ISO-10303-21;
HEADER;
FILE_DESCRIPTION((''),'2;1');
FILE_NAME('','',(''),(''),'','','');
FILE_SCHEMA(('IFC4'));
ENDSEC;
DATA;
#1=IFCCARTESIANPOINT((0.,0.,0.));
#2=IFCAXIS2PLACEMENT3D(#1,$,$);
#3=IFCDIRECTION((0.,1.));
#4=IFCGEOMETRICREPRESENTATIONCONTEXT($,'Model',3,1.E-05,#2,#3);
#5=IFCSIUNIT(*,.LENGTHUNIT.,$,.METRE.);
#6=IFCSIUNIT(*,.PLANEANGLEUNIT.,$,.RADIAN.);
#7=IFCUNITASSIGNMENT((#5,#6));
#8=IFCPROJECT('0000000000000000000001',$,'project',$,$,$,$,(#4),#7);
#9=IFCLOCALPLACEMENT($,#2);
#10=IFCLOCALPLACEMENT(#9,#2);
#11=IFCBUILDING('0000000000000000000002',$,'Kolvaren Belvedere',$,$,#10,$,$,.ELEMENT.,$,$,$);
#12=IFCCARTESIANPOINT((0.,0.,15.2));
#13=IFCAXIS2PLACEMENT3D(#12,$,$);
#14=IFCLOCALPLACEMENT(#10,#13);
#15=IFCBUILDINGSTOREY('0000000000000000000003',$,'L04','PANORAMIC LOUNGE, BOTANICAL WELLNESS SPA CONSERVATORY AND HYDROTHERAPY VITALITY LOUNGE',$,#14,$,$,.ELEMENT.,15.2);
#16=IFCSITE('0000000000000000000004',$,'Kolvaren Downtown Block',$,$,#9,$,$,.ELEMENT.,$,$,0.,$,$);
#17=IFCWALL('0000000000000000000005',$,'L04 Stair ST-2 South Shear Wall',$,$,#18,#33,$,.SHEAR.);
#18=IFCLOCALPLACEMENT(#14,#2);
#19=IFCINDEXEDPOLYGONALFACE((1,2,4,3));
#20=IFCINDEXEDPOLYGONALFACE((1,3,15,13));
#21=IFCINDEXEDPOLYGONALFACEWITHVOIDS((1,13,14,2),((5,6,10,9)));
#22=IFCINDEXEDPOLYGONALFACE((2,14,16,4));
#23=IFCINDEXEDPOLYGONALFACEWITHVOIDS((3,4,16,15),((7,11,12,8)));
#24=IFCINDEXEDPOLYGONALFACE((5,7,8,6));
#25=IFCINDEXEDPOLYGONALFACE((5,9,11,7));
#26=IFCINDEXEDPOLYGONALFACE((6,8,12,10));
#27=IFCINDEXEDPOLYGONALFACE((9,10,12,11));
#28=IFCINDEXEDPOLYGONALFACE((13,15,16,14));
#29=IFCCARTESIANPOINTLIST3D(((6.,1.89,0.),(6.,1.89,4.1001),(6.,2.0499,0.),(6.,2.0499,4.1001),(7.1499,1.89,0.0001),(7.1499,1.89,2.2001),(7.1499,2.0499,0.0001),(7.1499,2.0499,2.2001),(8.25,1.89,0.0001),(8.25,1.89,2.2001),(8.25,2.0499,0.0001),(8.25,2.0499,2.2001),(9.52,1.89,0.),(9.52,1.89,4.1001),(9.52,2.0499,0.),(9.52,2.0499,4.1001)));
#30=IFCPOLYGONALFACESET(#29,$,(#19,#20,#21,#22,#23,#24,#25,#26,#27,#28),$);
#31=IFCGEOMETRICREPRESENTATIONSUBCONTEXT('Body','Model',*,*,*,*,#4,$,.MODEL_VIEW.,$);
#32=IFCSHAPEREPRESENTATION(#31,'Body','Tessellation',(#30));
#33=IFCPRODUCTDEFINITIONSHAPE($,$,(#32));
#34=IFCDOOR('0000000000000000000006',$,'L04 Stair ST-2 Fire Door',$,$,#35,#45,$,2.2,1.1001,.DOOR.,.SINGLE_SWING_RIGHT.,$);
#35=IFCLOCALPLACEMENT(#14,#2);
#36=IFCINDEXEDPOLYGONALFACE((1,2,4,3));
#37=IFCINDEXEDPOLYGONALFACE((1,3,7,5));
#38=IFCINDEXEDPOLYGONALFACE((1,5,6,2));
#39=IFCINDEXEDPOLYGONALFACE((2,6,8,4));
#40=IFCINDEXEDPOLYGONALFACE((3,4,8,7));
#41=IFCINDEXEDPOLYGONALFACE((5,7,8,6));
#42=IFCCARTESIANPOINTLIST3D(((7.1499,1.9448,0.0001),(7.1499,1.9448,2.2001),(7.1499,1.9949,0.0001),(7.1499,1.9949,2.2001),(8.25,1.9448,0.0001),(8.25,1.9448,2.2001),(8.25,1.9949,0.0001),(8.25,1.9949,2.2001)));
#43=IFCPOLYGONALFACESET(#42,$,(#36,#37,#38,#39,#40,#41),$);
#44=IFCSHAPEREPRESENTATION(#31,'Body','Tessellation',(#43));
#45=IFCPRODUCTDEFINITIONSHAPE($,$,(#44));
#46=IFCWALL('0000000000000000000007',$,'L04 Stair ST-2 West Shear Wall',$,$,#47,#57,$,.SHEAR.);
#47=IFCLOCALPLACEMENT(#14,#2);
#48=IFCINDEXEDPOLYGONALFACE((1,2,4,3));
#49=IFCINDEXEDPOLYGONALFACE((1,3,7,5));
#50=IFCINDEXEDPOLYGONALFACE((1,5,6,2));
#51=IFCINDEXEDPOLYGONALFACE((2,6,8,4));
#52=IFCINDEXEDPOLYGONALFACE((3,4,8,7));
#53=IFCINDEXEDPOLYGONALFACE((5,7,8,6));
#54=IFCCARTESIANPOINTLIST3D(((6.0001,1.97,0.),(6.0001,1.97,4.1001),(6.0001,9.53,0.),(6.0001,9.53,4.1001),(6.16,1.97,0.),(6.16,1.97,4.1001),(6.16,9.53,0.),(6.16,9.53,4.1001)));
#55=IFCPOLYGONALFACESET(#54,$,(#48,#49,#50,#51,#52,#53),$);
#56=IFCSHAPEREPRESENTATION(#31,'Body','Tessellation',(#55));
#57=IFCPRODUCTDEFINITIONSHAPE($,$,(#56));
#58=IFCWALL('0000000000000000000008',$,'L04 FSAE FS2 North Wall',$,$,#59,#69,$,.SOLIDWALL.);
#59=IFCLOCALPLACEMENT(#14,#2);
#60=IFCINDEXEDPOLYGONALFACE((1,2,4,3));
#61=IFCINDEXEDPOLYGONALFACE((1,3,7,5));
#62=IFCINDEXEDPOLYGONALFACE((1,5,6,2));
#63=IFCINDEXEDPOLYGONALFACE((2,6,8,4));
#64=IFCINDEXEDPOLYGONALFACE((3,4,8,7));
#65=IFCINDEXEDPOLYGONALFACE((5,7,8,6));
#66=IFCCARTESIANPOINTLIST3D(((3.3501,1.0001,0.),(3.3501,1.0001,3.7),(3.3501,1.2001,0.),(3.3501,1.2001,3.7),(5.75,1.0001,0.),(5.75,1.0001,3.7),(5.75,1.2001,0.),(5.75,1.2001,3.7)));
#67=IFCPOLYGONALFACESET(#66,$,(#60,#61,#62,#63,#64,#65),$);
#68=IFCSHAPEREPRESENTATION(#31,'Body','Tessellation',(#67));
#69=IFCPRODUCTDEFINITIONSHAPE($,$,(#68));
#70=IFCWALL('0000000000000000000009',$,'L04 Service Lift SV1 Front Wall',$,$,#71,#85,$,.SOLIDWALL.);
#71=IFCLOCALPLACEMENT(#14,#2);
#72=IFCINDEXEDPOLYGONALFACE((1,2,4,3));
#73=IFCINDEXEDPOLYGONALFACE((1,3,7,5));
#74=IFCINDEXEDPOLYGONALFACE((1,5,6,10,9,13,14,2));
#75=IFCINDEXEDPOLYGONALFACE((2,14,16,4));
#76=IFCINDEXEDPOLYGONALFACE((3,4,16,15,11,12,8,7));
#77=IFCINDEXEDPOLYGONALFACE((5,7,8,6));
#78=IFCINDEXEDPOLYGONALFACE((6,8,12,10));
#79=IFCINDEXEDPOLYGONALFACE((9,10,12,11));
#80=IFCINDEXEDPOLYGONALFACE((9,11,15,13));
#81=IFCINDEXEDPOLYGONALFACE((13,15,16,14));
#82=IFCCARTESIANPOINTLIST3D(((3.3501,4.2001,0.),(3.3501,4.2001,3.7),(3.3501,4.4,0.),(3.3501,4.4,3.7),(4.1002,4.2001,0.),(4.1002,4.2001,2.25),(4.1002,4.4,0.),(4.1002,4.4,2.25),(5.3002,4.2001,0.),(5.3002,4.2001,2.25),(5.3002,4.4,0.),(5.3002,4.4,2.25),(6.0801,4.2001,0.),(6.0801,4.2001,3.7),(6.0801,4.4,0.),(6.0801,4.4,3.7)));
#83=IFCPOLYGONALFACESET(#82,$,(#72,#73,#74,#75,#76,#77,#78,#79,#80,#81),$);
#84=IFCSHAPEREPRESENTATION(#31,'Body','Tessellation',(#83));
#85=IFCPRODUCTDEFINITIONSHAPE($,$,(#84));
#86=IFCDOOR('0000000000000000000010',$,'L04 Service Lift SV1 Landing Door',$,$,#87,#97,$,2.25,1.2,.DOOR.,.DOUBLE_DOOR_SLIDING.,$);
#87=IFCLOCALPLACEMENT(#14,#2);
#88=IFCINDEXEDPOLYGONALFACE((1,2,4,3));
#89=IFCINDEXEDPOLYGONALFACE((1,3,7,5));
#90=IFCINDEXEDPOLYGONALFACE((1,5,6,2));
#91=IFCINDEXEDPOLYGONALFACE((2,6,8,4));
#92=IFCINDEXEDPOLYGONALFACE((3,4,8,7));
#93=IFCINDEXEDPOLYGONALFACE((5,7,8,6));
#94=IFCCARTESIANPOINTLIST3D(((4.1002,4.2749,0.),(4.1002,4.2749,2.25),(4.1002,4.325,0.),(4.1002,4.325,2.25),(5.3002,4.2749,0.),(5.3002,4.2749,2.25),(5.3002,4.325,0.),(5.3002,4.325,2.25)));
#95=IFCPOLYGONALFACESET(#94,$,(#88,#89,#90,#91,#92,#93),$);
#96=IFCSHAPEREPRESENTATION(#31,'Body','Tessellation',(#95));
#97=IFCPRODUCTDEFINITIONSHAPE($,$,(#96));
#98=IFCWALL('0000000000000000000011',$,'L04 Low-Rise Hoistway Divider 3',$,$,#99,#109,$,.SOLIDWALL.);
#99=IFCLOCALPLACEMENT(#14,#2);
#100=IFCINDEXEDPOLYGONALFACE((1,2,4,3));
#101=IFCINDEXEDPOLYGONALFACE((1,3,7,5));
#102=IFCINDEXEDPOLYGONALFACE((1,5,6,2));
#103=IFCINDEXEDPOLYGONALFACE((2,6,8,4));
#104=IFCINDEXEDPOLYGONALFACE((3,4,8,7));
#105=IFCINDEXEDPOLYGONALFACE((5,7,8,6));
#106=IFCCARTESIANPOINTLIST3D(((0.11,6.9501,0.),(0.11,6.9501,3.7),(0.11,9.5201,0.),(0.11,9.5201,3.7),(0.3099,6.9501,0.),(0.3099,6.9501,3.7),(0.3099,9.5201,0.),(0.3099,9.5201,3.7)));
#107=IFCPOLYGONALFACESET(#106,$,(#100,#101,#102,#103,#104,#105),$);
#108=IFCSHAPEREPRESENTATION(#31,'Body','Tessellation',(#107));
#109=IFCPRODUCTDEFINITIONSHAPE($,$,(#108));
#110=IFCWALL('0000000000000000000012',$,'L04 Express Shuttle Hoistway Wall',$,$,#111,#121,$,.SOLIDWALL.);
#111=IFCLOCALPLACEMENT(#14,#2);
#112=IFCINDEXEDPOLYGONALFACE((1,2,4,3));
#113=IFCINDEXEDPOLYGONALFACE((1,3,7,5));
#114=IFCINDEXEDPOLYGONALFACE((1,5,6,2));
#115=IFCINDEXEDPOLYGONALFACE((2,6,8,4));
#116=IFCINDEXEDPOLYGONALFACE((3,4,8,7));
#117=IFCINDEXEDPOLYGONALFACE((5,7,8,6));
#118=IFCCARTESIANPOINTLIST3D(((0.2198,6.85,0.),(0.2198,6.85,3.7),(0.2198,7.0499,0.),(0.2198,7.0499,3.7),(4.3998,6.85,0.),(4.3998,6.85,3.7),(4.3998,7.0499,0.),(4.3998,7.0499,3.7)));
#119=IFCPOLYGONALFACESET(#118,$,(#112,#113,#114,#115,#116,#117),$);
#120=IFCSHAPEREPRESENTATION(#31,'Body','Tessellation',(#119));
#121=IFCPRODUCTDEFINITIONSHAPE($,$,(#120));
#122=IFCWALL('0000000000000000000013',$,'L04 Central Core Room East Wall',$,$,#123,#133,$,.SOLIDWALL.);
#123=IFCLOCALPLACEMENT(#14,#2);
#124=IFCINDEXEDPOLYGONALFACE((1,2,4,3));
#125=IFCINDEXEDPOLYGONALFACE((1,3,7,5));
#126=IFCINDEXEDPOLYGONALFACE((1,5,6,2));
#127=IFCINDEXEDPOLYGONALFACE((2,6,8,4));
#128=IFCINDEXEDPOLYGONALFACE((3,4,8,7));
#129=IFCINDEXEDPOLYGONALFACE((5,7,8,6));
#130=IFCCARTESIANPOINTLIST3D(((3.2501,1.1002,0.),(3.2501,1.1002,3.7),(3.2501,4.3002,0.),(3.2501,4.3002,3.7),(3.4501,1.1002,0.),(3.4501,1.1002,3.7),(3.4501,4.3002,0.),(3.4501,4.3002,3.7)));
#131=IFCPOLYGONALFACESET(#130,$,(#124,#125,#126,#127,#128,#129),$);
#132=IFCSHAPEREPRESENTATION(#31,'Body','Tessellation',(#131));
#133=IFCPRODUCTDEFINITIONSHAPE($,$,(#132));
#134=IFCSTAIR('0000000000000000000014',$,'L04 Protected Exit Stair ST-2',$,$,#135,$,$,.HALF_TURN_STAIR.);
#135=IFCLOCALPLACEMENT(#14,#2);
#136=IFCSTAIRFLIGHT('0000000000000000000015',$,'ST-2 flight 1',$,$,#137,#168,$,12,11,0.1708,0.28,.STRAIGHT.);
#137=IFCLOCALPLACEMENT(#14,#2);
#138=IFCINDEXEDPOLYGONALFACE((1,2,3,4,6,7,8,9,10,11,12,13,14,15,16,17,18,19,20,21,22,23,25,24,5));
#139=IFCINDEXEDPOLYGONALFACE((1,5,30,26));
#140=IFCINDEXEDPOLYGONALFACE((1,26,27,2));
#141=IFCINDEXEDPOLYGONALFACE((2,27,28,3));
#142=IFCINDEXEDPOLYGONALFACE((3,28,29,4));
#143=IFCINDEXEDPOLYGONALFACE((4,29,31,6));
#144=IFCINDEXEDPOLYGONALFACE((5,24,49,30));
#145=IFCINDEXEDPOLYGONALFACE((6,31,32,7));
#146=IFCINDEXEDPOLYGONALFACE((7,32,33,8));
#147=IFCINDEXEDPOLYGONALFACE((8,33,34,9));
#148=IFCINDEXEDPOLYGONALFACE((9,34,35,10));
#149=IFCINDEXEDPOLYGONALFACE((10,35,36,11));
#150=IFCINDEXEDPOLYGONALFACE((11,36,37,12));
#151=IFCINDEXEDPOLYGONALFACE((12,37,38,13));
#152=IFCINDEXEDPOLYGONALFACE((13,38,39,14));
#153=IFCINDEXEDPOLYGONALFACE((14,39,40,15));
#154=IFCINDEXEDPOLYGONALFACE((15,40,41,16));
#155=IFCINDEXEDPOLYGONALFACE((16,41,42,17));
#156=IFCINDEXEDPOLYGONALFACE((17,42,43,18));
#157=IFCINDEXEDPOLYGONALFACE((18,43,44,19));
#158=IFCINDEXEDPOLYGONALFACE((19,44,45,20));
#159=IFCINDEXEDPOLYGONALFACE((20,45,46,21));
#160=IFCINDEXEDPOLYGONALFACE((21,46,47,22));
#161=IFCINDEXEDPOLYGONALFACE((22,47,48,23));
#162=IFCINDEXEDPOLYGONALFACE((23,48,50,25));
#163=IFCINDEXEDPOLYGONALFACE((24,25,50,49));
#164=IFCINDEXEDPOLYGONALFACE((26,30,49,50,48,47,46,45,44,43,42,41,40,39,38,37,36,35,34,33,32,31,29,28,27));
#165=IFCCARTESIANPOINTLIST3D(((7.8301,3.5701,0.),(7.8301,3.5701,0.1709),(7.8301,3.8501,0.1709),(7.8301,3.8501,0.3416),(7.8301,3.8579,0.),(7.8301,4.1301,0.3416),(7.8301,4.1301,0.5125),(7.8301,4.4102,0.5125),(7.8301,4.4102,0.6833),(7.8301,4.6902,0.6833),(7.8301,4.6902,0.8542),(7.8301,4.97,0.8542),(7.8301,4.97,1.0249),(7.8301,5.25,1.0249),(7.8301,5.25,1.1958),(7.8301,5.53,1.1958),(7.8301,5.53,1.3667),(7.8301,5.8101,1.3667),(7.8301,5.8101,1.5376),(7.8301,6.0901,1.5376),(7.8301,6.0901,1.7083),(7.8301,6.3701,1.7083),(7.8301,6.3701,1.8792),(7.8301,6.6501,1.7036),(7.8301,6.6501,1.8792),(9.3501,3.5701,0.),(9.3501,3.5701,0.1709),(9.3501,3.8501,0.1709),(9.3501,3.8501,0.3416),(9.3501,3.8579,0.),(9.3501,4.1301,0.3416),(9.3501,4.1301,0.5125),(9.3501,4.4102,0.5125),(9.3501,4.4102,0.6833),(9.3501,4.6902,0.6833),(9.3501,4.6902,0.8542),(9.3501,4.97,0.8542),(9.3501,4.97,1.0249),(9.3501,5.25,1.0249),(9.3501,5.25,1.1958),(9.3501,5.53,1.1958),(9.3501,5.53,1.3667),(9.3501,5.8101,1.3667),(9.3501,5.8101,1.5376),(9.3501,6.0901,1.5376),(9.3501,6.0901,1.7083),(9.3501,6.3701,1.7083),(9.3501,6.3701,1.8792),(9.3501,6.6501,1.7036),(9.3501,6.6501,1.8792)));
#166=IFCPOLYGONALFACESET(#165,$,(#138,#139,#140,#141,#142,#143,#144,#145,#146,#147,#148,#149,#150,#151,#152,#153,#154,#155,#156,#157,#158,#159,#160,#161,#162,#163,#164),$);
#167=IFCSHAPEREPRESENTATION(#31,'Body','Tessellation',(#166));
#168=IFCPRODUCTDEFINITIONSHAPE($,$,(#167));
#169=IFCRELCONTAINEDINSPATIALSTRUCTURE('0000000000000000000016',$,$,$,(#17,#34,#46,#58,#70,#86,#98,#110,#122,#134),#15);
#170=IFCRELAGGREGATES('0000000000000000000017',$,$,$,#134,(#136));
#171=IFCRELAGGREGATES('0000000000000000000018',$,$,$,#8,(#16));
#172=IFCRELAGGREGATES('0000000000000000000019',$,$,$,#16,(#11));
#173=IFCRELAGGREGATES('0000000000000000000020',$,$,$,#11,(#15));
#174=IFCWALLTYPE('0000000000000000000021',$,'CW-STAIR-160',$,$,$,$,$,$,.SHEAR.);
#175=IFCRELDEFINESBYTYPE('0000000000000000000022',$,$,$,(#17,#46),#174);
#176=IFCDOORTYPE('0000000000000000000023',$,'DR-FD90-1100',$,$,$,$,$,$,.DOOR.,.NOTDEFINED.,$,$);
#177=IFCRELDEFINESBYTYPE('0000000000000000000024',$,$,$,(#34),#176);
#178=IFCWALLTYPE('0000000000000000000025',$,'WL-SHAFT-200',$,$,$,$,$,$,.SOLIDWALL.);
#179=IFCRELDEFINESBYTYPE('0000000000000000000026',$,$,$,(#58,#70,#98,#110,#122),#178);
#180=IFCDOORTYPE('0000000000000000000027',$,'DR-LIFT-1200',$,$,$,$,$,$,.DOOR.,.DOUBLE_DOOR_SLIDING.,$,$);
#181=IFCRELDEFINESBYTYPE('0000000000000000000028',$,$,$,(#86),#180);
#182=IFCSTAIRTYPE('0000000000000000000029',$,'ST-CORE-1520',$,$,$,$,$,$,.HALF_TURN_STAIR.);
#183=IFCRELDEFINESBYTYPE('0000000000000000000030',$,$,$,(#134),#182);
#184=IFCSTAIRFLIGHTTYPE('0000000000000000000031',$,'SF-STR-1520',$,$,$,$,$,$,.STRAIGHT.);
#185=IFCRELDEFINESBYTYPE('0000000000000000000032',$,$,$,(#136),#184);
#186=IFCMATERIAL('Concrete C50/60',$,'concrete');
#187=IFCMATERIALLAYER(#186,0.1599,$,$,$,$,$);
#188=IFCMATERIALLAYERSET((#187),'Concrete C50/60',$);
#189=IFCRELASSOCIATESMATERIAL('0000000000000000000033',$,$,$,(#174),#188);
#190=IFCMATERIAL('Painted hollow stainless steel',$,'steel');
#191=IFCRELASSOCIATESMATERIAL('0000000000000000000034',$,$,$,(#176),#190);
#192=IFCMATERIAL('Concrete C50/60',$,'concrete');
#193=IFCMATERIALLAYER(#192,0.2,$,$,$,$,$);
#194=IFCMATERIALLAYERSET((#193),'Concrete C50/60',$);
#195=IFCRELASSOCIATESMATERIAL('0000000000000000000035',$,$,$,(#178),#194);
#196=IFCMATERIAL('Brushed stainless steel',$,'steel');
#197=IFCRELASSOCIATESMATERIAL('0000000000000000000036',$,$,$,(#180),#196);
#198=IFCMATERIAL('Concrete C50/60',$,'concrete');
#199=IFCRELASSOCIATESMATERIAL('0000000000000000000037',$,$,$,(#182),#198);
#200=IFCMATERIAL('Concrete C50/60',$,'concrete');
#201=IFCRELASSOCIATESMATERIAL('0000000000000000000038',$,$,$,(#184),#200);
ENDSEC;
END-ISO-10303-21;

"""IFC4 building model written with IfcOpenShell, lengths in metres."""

from ifc_helpers import new_model, si_unit, direction, frame, frame_2d, origin, place, context, subcontext, project, spatial, polyline, rectangle, outline, extrude, material, layer, layer_set, type_object, element, fill, aggregate, save


model = new_model("IFC4")

# Units and contexts
model_context = context("Model", 3, precision=1e-05, world=origin(), true_north=direction((0.0, 1.0)))
body_context = subcontext(model_context, "Body", "Model", "MODEL_VIEW")
ifc_project = project(units=[si_unit("LENGTHUNIT", "METRE"), si_unit("PLANEANGLEUNIT", "RADIAN")], contexts=[model_context])

# Site, building, storey
site_placement = place(None, origin())
site = spatial("IfcSite", under=ifc_project, at=site_placement, Name="Kolvaren Downtown Block", CompositionType="ELEMENT", RefElevation=0.0)
building_placement = place(site_placement, origin())
building = spatial("IfcBuilding", under=site, at=building_placement, Name="Kolvaren Belvedere", CompositionType="ELEMENT")
storey_placement = place(building_placement, frame((0.0, 0.0, 15.2)))
storey = spatial("IfcBuildingStorey", under=building, at=storey_placement, Name="L04", Description="PANORAMIC LOUNGE, BOTANICAL WELLNESS SPA CONSERVATORY AND HYDROTHERAPY VITALITY LOUNGE", CompositionType="ELEMENT", Elevation=15.2)

# Wall, opening, door
ifc_material_1 = material(Name="Concrete C50/60", Category="concrete")
ifc_layer_1 = layer(ifc_material_1, 0.1599)
ifc_layer_set_1 = layer_set([ifc_layer_1], Name="Concrete C50/60")
wall_type_1 = type_object("IfcWallType", Name="CW-STAIR-160", PredefinedType="SHEAR", material=ifc_layer_set_1)
wall_1_placement = place(storey_placement, frame((6.0, 1.97, 0.0), z_axis=(0.0, 0.0, 1.0), x_axis=(1.0, 0.0, 0.0)))
wall_1 = element("IfcWall", 1, at=wall_1_placement, inside=storey, type_object=wall_type_1, Name="L04 Stair ST-2 South Shear Wall", PredefinedType="SHEAR", context=body_context, shape_type="SweptSolid", body=[
    extrude(rectangle(XDim=3.52, YDim=0.1599, at=frame_2d((1.76, 0.0))), origin(), (0.0, 0.0, 1.0), 4.1001),
])
opening_1_placement = place(wall_1_placement, frame((1.1499, 0.0, 0.0)))
opening_1 = element("IfcOpeningElement", 2, at=opening_1_placement, cuts=wall_1, PredefinedType="OPENING", context=body_context, shape_type="SweptSolid", body=[
    extrude(rectangle(XDim=1.1001, YDim=2.2, at=frame_2d((0.55, 1.1001))), frame((0.0, 0.0898, 0.0), z_axis=(0.0, -1.0, 0.0), x_axis=(1.0, 0.0, 0.0)), (0.0, 0.0, 1.0), 0.1799),
])
ifc_material_2 = material(Name="Painted hollow stainless steel", Category="steel")
door_type_1 = type_object("IfcDoorType", Name="DR-FD90-1100", OperationType="NOTDEFINED", PredefinedType="DOOR", material=ifc_material_2)
door_1_placement = place(opening_1_placement, origin())
door_1 = element("IfcDoor", 3, at=door_1_placement, inside=storey, type_object=door_type_1, Name="L04 Stair ST-2 Fire Door", OperationType="SINGLE_SWING_RIGHT", OverallHeight=2.2, OverallWidth=1.1001, PredefinedType="DOOR", context=body_context, shape_type="SweptSolid", body=[
    extrude(rectangle(XDim=1.1001, YDim=2.2, at=frame_2d((0.55, 1.1001))), frame((0.0, 0.0249, 0.0), z_axis=(0.0, -1.0, 0.0), x_axis=(1.0, 0.0, 0.0)), (0.0, 0.0, 1.0), 0.05),
])
fill(opening_1, door_1)

# Walls
wall_2_placement = place(storey_placement, frame((6.0801, 1.97, 0.0), z_axis=(0.0, 0.0, 1.0), x_axis=(0.0, 1.0, 0.0)))
element("IfcWall", 4, at=wall_2_placement, inside=storey, type_object=wall_type_1, Name="L04 Stair ST-2 West Shear Wall", PredefinedType="SHEAR", context=body_context, shape_type="SweptSolid", body=[
    extrude(rectangle(XDim=7.5601, YDim=0.1599, at=frame_2d((3.78, 0.0))), origin(), (0.0, 0.0, 1.0), 4.1001),
])
ifc_material_3 = material(Name="Concrete C50/60", Category="concrete")
ifc_layer_2 = layer(ifc_material_3, 0.2)
ifc_layer_set_2 = layer_set([ifc_layer_2], Name="Concrete C50/60")
wall_type_2 = type_object("IfcWallType", Name="WL-SHAFT-200", PredefinedType="SOLIDWALL", material=ifc_layer_set_2)
wall_3_placement = place(storey_placement, frame((3.3501, 1.1001, 0.0), z_axis=(0.0, 0.0, 1.0), x_axis=(1.0, 0.0, 0.0)))
element("IfcWall", 5, at=wall_3_placement, inside=storey, type_object=wall_type_2, Name="L04 FSAE FS2 North Wall", PredefinedType="SOLIDWALL", context=body_context, shape_type="SweptSolid", body=[
    extrude(rectangle(XDim=2.3999, YDim=0.2, at=frame_2d((1.2, 0.0))), origin(), (0.0, 0.0, 1.0), 3.7),
])

# Wall, opening, door
wall_4_placement = place(storey_placement, frame((3.3501, 4.3, 0.0), z_axis=(0.0, 0.0, 1.0), x_axis=(1.0, 0.0, 0.0)))
wall_4 = element("IfcWall", 6, at=wall_4_placement, inside=storey, type_object=wall_type_2, Name="L04 Service Lift SV1 Front Wall", PredefinedType="SOLIDWALL", context=body_context, shape_type="SweptSolid", body=[
    extrude(rectangle(XDim=2.73, YDim=0.2, at=frame_2d((1.365, 0.0))), origin(), (0.0, 0.0, 1.0), 3.7),
])
opening_2_placement = place(wall_4_placement, frame((0.75, 0.0, 0.0)))
opening_2 = element("IfcOpeningElement", 7, at=opening_2_placement, cuts=wall_4, PredefinedType="OPENING", context=body_context, shape_type="SweptSolid", body=[
    extrude(rectangle(XDim=1.2, YDim=2.25, at=frame_2d((0.6001, 1.125))), frame((0.0, 0.1099, 0.0), z_axis=(0.0, -1.0, 0.0), x_axis=(1.0, 0.0, 0.0)), (0.0, 0.0, 1.0), 0.22),
])
ifc_material_4 = material(Name="Brushed stainless steel", Category="steel")
door_type_2 = type_object("IfcDoorType", Name="DR-LIFT-1200", OperationType="DOUBLE_DOOR_SLIDING", PredefinedType="DOOR", material=ifc_material_4)
door_2_placement = place(opening_2_placement, origin())
door_2 = element("IfcDoor", 8, at=door_2_placement, inside=storey, type_object=door_type_2, Name="L04 Service Lift SV1 Landing Door", OperationType="DOUBLE_DOOR_SLIDING", OverallHeight=2.25, OverallWidth=1.2, PredefinedType="DOOR", context=body_context, shape_type="SweptSolid", body=[
    extrude(rectangle(XDim=1.2, YDim=2.25, at=frame_2d((0.6001, 1.125))), frame((0.0, 0.0249, 0.0), z_axis=(0.0, -1.0, 0.0), x_axis=(1.0, 0.0, 0.0)), (0.0, 0.0, 1.0), 0.05),
])
fill(opening_2, door_2)

# Walls
wall_5_placement = place(storey_placement, frame((0.21, 6.95, 0.0), z_axis=(0.0, 0.0, 1.0), x_axis=(0.0, 1.0, 0.0)))
element("IfcWall", 9, at=wall_5_placement, inside=storey, type_object=wall_type_2, Name="L04 Low-Rise Hoistway Divider 3", PredefinedType="SOLIDWALL", context=body_context, shape_type="SweptSolid", body=[
    extrude(rectangle(XDim=2.5701, YDim=0.2, at=frame_2d((1.2852, 0.0))), origin(), (0.0, 0.0, 1.0), 3.7),
])
wall_6_placement = place(storey_placement, frame((0.22, 6.95, 0.0), z_axis=(0.0, 0.0, 1.0), x_axis=(1.0, 0.0, 0.0)))
element("IfcWall", 10, at=wall_6_placement, inside=storey, type_object=wall_type_2, Name="L04 Express Shuttle Hoistway Wall", PredefinedType="SOLIDWALL", context=body_context, shape_type="SweptSolid", body=[
    extrude(rectangle(XDim=4.1799, YDim=0.2, at=frame_2d((2.0898, 0.0))), origin(), (0.0, 0.0, 1.0), 3.7),
])
wall_7_placement = place(storey_placement, frame((3.3501, 1.1001, 0.0), z_axis=(0.0, 0.0, 1.0), x_axis=(0.0, 1.0, 0.0)))
element("IfcWall", 11, at=wall_7_placement, inside=storey, type_object=wall_type_2, Name="L04 Central Core Room East Wall", PredefinedType="SOLIDWALL", context=body_context, shape_type="SweptSolid", body=[
    extrude(rectangle(XDim=3.2, YDim=0.2, at=frame_2d((1.6001, 0.0))), origin(), (0.0, 0.0, 1.0), 3.7),
])

# Stair, stair flight
ifc_material_5 = material(Name="Concrete C50/60", Category="concrete")
stair_type = type_object("IfcStairType", Name="ST-CORE-1520", PredefinedType="HALF_TURN_STAIR", material=ifc_material_5)
stair_placement = place(storey_placement, origin())
stair = element("IfcStair", 12, at=stair_placement, inside=storey, type_object=stair_type, Name="L04 Protected Exit Stair ST-2", PredefinedType="HALF_TURN_STAIR")
ifc_material_6 = material(Name="Concrete C50/60", Category="concrete")
stair_flight_type = type_object("IfcStairFlightType", Name="SF-STR-1520", PredefinedType="STRAIGHT", material=ifc_material_6)
stair_flight_1_placement = place(storey_placement, frame((8.5901, 3.5701, 0.0), z_axis=(0.0, 0.0, 1.0), x_axis=(0.0, 1.0, 0.0)))
stair_flight_1 = element("IfcStairFlight", 13, at=stair_flight_1_placement, type_object=stair_flight_type, Name="ST-2 flight 1", NumberOfRisers=12, NumberOfTreads=11, PredefinedType="STRAIGHT", RiserHeight=0.1708, TreadLength=0.28, context=body_context, shape_type="SweptSolid", body=[
    extrude(outline(polyline([(0.0, 0.0), (0.0, 0.1709), (0.28, 0.1709), (0.28, 0.3416), (0.5601, 0.3416), (0.5601, 0.5125), (0.8401, 0.5125), (0.8401, 0.6833), (1.1201, 0.6833), (1.1201, 0.8542), (1.3999, 0.8542), (1.3999, 1.0249), (1.6799, 1.0249), (1.6799, 1.1958), (1.96, 1.1958), (1.96, 1.3667), (2.24, 1.3667), (2.24, 1.5376), (2.52, 1.5376), (2.52, 1.7083), (2.8, 1.7083), (2.8, 1.8792), (3.0801, 1.8792), (3.0801, 2.05), (3.0801, 1.7036), (0.2878, 0.0), (0.0, 0.0)])), frame((0.0, 0.76, 0.0), z_axis=(0.0, -1.0, 0.0), x_axis=(1.0, 0.0, 0.0)), (0.0, 0.0, 1.0), 1.52),
])
aggregate(stair, [stair_flight_1])

save(model, "model.ifc")
